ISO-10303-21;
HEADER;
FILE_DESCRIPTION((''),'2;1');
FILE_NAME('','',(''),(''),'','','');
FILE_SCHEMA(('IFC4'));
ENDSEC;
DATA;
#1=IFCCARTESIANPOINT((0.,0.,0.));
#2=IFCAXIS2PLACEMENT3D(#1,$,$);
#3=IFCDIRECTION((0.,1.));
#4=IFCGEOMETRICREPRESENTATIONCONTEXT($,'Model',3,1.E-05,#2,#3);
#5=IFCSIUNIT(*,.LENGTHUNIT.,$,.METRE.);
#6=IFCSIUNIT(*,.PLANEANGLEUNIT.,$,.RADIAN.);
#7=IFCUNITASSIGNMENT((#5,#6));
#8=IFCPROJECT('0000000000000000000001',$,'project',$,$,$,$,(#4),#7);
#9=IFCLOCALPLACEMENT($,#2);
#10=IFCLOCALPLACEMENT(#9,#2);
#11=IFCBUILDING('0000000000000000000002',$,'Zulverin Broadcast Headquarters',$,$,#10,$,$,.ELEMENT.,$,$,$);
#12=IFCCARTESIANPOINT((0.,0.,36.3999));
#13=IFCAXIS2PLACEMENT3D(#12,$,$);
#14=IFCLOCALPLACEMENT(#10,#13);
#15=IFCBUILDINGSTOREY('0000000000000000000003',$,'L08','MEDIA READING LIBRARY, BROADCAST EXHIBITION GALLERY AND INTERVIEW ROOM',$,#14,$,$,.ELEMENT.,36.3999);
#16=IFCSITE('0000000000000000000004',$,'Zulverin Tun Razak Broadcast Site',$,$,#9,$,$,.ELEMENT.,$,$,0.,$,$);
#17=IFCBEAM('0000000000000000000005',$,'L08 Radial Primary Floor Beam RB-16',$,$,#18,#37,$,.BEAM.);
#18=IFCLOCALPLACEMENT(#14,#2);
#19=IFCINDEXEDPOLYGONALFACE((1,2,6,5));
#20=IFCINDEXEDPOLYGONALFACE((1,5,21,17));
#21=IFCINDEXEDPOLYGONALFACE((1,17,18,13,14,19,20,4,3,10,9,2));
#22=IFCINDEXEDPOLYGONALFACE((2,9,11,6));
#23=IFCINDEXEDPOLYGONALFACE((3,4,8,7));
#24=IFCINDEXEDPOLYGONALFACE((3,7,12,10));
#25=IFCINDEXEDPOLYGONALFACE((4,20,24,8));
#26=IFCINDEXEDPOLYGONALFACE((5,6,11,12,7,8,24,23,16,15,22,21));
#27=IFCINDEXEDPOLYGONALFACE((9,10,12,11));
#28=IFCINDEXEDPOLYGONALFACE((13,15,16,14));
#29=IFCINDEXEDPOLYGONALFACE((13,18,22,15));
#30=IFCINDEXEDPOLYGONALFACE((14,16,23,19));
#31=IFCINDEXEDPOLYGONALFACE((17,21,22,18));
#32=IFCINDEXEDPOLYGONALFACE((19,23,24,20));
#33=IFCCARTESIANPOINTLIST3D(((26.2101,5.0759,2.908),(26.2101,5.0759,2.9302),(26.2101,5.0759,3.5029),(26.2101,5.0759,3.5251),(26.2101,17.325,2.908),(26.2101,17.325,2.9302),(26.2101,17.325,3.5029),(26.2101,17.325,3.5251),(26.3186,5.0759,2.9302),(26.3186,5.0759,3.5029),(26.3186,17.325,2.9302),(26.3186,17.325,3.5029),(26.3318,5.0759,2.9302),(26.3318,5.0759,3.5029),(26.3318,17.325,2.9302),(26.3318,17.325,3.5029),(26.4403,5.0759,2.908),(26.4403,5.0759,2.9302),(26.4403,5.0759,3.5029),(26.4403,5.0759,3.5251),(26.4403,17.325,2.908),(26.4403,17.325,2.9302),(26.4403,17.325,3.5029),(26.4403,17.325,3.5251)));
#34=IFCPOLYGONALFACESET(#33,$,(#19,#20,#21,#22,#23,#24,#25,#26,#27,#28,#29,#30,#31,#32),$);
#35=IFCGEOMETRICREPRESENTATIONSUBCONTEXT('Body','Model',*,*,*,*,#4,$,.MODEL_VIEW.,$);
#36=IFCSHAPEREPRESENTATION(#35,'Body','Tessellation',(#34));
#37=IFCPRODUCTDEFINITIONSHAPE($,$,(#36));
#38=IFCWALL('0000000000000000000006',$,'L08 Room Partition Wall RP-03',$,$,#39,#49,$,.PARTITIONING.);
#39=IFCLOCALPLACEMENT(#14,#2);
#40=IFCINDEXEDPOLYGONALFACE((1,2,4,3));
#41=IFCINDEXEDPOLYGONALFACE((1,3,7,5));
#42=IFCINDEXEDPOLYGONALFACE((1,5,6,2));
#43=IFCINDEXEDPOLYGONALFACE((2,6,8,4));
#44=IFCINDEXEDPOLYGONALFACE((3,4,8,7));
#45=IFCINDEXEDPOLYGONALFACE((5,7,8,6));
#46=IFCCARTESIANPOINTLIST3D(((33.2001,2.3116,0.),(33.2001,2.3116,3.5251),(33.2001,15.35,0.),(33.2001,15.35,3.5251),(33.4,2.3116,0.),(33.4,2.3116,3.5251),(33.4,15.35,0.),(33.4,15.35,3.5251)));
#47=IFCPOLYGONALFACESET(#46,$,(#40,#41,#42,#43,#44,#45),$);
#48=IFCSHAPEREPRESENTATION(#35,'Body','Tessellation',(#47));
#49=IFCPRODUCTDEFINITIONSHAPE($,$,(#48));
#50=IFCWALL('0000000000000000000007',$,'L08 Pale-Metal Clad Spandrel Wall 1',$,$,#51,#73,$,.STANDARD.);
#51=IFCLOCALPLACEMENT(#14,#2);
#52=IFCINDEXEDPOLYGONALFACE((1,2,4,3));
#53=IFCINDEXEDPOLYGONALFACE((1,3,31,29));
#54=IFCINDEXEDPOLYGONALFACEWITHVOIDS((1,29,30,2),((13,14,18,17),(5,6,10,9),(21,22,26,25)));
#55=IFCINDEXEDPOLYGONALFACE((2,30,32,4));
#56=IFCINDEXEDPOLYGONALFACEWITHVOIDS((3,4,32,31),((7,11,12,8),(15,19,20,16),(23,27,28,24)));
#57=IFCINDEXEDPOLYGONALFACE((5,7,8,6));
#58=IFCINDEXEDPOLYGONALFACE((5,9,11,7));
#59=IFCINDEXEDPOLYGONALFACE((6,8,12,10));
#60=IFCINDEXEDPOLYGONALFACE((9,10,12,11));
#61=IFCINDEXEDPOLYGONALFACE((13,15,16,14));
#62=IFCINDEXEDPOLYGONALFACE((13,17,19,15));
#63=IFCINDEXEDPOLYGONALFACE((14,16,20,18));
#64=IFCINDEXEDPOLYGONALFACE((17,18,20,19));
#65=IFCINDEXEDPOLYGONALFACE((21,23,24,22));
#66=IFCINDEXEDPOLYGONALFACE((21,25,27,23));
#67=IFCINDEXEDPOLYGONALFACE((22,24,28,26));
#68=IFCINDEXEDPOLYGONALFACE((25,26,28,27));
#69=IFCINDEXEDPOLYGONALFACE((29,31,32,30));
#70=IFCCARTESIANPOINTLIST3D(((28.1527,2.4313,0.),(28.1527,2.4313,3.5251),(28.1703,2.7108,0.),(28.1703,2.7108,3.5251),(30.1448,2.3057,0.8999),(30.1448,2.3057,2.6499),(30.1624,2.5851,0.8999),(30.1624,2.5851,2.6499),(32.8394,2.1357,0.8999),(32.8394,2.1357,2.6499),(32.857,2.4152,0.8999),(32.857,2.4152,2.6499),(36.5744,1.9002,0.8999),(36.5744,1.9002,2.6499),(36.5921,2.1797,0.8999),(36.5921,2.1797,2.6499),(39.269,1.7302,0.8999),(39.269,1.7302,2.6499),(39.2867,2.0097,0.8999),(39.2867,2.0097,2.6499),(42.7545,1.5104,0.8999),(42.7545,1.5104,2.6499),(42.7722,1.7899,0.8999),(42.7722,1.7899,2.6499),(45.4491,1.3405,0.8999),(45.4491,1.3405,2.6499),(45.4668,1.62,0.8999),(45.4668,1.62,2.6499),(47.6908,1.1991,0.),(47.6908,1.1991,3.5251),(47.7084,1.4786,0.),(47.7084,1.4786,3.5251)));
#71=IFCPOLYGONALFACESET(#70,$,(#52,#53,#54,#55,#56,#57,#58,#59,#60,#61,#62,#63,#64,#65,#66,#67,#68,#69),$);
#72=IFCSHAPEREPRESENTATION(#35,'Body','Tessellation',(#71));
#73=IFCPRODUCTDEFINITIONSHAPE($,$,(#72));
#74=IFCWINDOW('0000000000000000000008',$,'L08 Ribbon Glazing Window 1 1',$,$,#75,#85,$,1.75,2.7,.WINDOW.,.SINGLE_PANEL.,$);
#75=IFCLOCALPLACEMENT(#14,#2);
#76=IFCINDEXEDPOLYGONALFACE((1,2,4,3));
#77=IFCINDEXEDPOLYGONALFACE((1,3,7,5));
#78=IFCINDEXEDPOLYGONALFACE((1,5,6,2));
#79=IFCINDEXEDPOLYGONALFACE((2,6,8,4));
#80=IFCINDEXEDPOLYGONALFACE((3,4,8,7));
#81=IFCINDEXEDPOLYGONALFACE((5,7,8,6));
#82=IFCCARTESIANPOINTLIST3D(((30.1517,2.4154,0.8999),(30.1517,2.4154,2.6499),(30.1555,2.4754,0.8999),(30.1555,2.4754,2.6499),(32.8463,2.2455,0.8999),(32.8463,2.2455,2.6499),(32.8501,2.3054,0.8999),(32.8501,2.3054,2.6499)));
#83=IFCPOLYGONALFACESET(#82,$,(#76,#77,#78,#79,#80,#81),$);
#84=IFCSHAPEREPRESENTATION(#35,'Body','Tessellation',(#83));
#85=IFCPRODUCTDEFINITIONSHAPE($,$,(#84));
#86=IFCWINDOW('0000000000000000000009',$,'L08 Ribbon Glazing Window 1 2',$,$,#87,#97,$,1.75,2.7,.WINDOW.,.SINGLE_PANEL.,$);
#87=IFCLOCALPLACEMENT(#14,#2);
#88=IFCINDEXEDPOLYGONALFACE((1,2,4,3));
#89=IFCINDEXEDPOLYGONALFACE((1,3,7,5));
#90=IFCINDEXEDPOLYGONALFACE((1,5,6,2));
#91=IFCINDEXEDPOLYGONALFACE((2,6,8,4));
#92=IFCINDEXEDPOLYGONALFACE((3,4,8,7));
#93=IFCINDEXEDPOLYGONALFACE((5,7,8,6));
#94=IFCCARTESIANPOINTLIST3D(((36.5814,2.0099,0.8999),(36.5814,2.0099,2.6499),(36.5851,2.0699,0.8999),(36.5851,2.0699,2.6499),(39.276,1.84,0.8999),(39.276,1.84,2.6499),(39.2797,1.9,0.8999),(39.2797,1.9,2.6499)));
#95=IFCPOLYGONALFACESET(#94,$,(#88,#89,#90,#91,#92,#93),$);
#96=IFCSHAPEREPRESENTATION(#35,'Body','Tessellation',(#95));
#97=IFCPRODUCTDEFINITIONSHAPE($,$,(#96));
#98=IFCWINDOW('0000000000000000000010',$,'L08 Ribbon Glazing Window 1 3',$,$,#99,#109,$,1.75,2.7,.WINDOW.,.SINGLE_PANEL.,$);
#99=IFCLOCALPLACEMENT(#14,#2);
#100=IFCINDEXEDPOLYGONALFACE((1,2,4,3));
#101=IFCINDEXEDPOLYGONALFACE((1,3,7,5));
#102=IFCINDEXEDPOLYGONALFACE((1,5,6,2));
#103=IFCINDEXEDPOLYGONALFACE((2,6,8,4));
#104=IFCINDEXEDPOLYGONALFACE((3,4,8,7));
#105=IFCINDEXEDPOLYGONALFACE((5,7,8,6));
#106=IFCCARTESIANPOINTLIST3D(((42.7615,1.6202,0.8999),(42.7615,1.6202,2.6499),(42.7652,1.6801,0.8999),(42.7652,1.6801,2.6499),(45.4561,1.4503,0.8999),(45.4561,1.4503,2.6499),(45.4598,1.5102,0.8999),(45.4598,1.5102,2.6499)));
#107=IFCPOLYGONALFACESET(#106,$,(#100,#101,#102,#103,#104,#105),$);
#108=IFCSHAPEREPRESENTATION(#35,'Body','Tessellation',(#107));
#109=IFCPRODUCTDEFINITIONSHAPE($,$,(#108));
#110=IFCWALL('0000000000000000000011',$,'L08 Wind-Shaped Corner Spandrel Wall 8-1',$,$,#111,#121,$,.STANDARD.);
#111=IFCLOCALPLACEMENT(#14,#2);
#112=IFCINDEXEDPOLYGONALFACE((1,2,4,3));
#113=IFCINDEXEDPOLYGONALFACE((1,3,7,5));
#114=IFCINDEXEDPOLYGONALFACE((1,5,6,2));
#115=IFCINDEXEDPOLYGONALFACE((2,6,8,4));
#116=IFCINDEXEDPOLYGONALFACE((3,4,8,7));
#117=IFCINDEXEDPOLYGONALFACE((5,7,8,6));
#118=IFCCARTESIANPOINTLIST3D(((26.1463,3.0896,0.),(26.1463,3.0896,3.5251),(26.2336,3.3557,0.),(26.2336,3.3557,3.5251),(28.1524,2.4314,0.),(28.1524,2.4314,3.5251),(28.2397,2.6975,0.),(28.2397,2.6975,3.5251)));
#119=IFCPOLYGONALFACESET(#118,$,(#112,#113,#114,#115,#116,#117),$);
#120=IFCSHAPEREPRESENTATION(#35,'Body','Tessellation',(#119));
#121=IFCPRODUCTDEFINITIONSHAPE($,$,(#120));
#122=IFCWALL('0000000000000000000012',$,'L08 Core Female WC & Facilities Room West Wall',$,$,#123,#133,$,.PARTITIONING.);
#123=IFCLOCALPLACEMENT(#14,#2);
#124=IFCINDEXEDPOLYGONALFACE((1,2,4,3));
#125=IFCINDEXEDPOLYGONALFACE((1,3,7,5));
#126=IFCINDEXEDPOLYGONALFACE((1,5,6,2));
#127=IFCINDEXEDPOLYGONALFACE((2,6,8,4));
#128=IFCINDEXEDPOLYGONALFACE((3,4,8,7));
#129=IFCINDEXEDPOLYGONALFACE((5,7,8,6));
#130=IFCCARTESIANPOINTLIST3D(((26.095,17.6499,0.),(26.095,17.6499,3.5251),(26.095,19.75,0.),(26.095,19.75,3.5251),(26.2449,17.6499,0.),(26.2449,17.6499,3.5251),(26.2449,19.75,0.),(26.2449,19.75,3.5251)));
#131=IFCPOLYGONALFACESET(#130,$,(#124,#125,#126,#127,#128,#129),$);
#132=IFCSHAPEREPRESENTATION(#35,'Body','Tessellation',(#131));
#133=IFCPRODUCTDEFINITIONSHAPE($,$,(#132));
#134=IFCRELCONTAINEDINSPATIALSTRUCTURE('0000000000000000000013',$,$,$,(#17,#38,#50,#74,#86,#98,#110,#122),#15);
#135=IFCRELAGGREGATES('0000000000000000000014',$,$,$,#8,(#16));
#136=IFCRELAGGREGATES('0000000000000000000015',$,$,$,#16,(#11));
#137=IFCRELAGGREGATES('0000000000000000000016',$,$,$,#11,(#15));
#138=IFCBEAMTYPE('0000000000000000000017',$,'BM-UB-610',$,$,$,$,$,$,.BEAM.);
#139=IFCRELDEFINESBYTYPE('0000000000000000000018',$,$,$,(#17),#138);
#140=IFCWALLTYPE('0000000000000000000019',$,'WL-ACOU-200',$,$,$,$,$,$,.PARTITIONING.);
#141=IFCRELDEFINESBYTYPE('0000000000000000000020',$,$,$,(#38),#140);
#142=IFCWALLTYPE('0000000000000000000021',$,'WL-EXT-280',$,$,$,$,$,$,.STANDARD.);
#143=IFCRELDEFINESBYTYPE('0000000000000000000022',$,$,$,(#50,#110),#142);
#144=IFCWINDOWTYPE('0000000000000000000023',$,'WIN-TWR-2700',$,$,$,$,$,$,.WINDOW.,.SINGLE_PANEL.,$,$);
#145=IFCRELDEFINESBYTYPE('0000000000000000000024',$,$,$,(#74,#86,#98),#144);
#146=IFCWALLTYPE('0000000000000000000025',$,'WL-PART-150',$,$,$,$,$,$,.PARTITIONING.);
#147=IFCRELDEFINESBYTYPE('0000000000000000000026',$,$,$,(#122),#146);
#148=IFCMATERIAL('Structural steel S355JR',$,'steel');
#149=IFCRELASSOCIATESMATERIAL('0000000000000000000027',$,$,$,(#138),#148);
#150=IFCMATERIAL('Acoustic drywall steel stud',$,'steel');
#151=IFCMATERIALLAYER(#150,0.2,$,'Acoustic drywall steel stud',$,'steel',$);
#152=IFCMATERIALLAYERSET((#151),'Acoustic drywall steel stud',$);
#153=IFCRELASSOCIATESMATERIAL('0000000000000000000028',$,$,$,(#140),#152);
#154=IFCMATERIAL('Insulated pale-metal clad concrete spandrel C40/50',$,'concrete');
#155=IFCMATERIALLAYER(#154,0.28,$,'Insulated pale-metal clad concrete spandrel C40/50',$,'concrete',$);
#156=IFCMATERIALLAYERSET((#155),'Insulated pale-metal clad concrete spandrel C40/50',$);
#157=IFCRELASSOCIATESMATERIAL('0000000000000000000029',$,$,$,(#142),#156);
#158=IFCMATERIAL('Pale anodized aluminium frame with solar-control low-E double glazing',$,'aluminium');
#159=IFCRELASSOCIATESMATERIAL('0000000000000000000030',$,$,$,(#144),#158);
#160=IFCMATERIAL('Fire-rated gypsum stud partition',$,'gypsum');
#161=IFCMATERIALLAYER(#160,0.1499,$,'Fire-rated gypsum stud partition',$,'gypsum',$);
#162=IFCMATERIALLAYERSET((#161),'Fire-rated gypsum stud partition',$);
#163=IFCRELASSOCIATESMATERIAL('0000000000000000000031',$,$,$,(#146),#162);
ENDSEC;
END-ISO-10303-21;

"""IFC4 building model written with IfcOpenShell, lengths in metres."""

from ifc_helpers import new_model, si_unit, direction, frame, frame_2d, origin, origin_2d, place, context, subcontext, project, spatial, rectangle, i_section, extrude, material, layer, layer_set, material_profile, profile_set, type_object, element, fill, save


model = new_model("IFC4")

# Units and contexts
model_context = context("Model", 3, precision=1e-05, world=origin(), true_north=direction((0.0, 1.0)))
body_context = subcontext(model_context, "Body", "Model", "MODEL_VIEW")
ifc_project = project(units=[si_unit("LENGTHUNIT", "METRE"), si_unit("PLANEANGLEUNIT", "RADIAN")], contexts=[model_context])

# Site, building, storey
site_placement = place(None, origin())
site = spatial("IfcSite", under=ifc_project, at=site_placement, Name="Zulverin Tun Razak Broadcast Site", CompositionType="ELEMENT", RefElevation=0.0)
building_placement = place(site_placement, origin())
building = spatial("IfcBuilding", under=site, at=building_placement, Name="Zulverin Broadcast Headquarters", CompositionType="ELEMENT")
storey_placement = place(building_placement, frame((0.0, 0.0, 36.3999)))
storey = spatial("IfcBuildingStorey", under=building, at=storey_placement, Name="L08", Description="MEDIA READING LIBRARY, BROADCAST EXHIBITION GALLERY AND INTERVIEW ROOM", CompositionType="ELEMENT", Elevation=36.3999)

# Beam
ifc_material_1 = material(Name="Structural steel S355JR", Category="steel")
ifc_material_profile_1 = material_profile(ifc_material_1, i_section(OverallWidth=0.2302, OverallDepth=0.6172, WebThickness=0.0132, FlangeThickness=0.0222, at=origin_2d()), Name="Structural steel S355JR", Category="steel")
ifc_profile_set_1 = profile_set([ifc_material_profile_1], Name="Structural steel S355JR")
beam_type_1 = type_object("IfcBeamType", Name="BM-UB-610", PredefinedType="BEAM", material=ifc_profile_set_1)
beam_1_placement = place(storey_placement, frame((26.3252, 17.325, 3.2166), z_axis=(0.0, -1.0, 0.0), x_axis=(1.0, 0.0, 0.0)))
element("IfcBeam", 1, at=beam_1_placement, inside=storey, type_object=beam_type_1, Name="L08 Radial Primary Floor Beam RB-16", PredefinedType="BEAM", context=body_context, shape_type="SweptSolid", body=[
    extrude(i_section(OverallWidth=0.2302, OverallDepth=0.6172, WebThickness=0.0132, FlangeThickness=0.0222, at=origin_2d()), origin(), (0.0, 0.0, 1.0), 12.249),
])

# Wall
ifc_material_2 = material(Name="Acoustic drywall steel stud", Category="steel")
ifc_layer_1 = layer(ifc_material_2, 0.2, Name="Acoustic drywall steel stud", Category="steel")
ifc_layer_set_1 = layer_set([ifc_layer_1], Name="Acoustic drywall steel stud")
wall_type_1 = type_object("IfcWallType", Name="WL-ACOU-200", PredefinedType="PARTITIONING", material=ifc_layer_set_1)
wall_1_placement = place(storey_placement, frame((33.3, 2.3118, 0.0), z_axis=(0.0, 0.0, 1.0), x_axis=(0.0, 1.0, 0.0)))
element("IfcWall", 2, at=wall_1_placement, inside=storey, type_object=wall_type_1, Name="L08 Room Partition Wall RP-03", PredefinedType="PARTITIONING", context=body_context, shape_type="SweptSolid", body=[
    extrude(rectangle(XDim=13.0383, YDim=0.2, at=frame_2d((6.519, 0.0))), origin(), (0.0, 0.0, 1.0), 3.5251),
])

# Wall, openings, windows
ifc_material_3 = material(Name="Insulated pale-metal clad concrete spandrel C40/50", Category="concrete")
ifc_layer_2 = layer(ifc_material_3, 0.28, Name="Insulated pale-metal clad concrete spandrel C40/50", Category="concrete")
ifc_layer_set_2 = layer_set([ifc_layer_2], Name="Insulated pale-metal clad concrete spandrel C40/50")
wall_type_2 = type_object("IfcWallType", Name="WL-EXT-280", PredefinedType="STANDARD", material=ifc_layer_set_2)
wall_2_placement = place(storey_placement, frame((28.1614, 2.571, 0.0), z_axis=(0.0, 0.0, 1.0), x_axis=(0.998017, -0.06294, 0.0)))
wall_2 = element("IfcWall", 3, at=wall_2_placement, inside=storey, type_object=wall_type_2, Name="L08 Pale-Metal Clad Spandrel Wall 1", PredefinedType="STANDARD", context=body_context, shape_type="SweptSolid", body=[
    extrude(rectangle(XDim=19.5769, YDim=0.28, at=frame_2d((9.7886, 0.0))), origin(), (0.0, 0.0, 1.0), 3.5251),
])
opening_1_placement = place(wall_2_placement, frame((1.9961, 0.0, 0.8999)))
opening_1 = element("IfcOpeningElement", 4, at=opening_1_placement, cuts=wall_2, PredefinedType="OPENING", context=body_context, shape_type="SweptSolid", body=[
    extrude(rectangle(XDim=2.7, YDim=1.75, at=frame_2d((1.3501, 0.875))), frame((0.0, 0.1499, 0.0), z_axis=(0.0, -1.0, 0.0), x_axis=(1.0, 0.0, 0.0)), (0.0, 0.0, 1.0), 0.3),
])
opening_2_placement = place(wall_2_placement, frame((8.4385, 0.0, 0.8999)))
opening_2 = element("IfcOpeningElement", 5, at=opening_2_placement, cuts=wall_2, PredefinedType="OPENING", context=body_context, shape_type="SweptSolid", body=[
    extrude(rectangle(XDim=2.7, YDim=1.75, at=frame_2d((1.3501, 0.875))), frame((0.0, 0.1499, 0.0), z_axis=(0.0, -1.0, 0.0), x_axis=(1.0, 0.0, 0.0)), (0.0, 0.0, 1.0), 0.3),
])
opening_3_placement = place(wall_2_placement, frame((14.6309, 0.0, 0.8999)))
opening_3 = element("IfcOpeningElement", 6, at=opening_3_placement, cuts=wall_2, PredefinedType="OPENING", context=body_context, shape_type="SweptSolid", body=[
    extrude(rectangle(XDim=2.7, YDim=1.75, at=frame_2d((1.3501, 0.875))), frame((0.0, 0.1499, 0.0), z_axis=(0.0, -1.0, 0.0), x_axis=(1.0, 0.0, 0.0)), (0.0, 0.0, 1.0), 0.3),
])
ifc_material_4 = material(Name="Pale anodized aluminium frame with solar-control low-E double glazing", Category="aluminium")
window_type = type_object("IfcWindowType", Name="WIN-TWR-2700", PartitioningType="SINGLE_PANEL", PredefinedType="WINDOW", material=ifc_material_4)
window_1_placement = place(opening_1_placement, origin())
window_1 = element("IfcWindow", 7, at=window_1_placement, inside=storey, type_object=window_type, Name="L08 Ribbon Glazing Window 1 1", OverallHeight=1.75, OverallWidth=2.7, PartitioningType="SINGLE_PANEL", PredefinedType="WINDOW", context=body_context, shape_type="SweptSolid", body=[
    extrude(rectangle(XDim=2.7, YDim=1.75, at=frame_2d((1.3501, 0.875))), frame((0.0, 0.03, 0.0), z_axis=(0.0, -1.0, 0.0), x_axis=(1.0, 0.0, 0.0)), (0.0, 0.0, 1.0), 0.0601),
])
fill(opening_1, window_1)
window_2_placement = place(opening_2_placement, origin())
window_2 = element("IfcWindow", 8, at=window_2_placement, inside=storey, type_object=window_type, Name="L08 Ribbon Glazing Window 1 2", OverallHeight=1.75, OverallWidth=2.7, PartitioningType="SINGLE_PANEL", PredefinedType="WINDOW", context=body_context, shape_type="SweptSolid", body=[
    extrude(rectangle(XDim=2.7, YDim=1.75, at=frame_2d((1.3501, 0.875))), frame((0.0, 0.03, 0.0), z_axis=(0.0, -1.0, 0.0), x_axis=(1.0, 0.0, 0.0)), (0.0, 0.0, 1.0), 0.0601),
])
fill(opening_2, window_2)
window_3_placement = place(opening_3_placement, origin())
window_3 = element("IfcWindow", 9, at=window_3_placement, inside=storey, type_object=window_type, Name="L08 Ribbon Glazing Window 1 3", OverallHeight=1.75, OverallWidth=2.7, PartitioningType="SINGLE_PANEL", PredefinedType="WINDOW", context=body_context, shape_type="SweptSolid", body=[
    extrude(rectangle(XDim=2.7, YDim=1.75, at=frame_2d((1.3501, 0.875))), frame((0.0, 0.03, 0.0), z_axis=(0.0, -1.0, 0.0), x_axis=(1.0, 0.0, 0.0)), (0.0, 0.0, 1.0), 0.0601),
])
fill(opening_3, window_3)

# Walls
wall_3_placement = place(storey_placement, frame((26.1899, 3.2227, 0.0), z_axis=(0.0, 0.0, 1.0), x_axis=(0.950164, -0.311749, 0.0)))
element("IfcWall", 10, at=wall_3_placement, inside=storey, type_object=wall_type_2, Name="L08 Wind-Shaped Corner Spandrel Wall 8-1", PredefinedType="STANDARD", context=body_context, shape_type="SweptSolid", body=[
    extrude(rectangle(XDim=2.1113, YDim=0.28, at=frame_2d((1.0557, 0.0))), origin(), (0.0, 0.0, 1.0), 3.5251),
])
ifc_material_5 = material(Name="Fire-rated gypsum stud partition", Category="gypsum")
ifc_layer_3 = layer(ifc_material_5, 0.1499, Name="Fire-rated gypsum stud partition", Category="gypsum")
ifc_layer_set_3 = layer_set([ifc_layer_3], Name="Fire-rated gypsum stud partition")
wall_type_3 = type_object("IfcWallType", Name="WL-PART-150", PredefinedType="PARTITIONING", material=ifc_layer_set_3)
wall_4_placement = place(storey_placement, frame((26.1699, 17.6499, 0.0), z_axis=(0.0, 0.0, 1.0), x_axis=(0.0, 1.0, 0.0)))
element("IfcWall", 11, at=wall_4_placement, inside=storey, type_object=wall_type_3, Name="L08 Core Female WC & Facilities Room West Wall", PredefinedType="PARTITIONING", context=body_context, shape_type="SweptSolid", body=[
    extrude(rectangle(XDim=2.1001, YDim=0.1499, at=frame_2d((1.05, 0.0))), origin(), (0.0, 0.0, 1.0), 3.5251),
])

save(model, "model.ifc")
